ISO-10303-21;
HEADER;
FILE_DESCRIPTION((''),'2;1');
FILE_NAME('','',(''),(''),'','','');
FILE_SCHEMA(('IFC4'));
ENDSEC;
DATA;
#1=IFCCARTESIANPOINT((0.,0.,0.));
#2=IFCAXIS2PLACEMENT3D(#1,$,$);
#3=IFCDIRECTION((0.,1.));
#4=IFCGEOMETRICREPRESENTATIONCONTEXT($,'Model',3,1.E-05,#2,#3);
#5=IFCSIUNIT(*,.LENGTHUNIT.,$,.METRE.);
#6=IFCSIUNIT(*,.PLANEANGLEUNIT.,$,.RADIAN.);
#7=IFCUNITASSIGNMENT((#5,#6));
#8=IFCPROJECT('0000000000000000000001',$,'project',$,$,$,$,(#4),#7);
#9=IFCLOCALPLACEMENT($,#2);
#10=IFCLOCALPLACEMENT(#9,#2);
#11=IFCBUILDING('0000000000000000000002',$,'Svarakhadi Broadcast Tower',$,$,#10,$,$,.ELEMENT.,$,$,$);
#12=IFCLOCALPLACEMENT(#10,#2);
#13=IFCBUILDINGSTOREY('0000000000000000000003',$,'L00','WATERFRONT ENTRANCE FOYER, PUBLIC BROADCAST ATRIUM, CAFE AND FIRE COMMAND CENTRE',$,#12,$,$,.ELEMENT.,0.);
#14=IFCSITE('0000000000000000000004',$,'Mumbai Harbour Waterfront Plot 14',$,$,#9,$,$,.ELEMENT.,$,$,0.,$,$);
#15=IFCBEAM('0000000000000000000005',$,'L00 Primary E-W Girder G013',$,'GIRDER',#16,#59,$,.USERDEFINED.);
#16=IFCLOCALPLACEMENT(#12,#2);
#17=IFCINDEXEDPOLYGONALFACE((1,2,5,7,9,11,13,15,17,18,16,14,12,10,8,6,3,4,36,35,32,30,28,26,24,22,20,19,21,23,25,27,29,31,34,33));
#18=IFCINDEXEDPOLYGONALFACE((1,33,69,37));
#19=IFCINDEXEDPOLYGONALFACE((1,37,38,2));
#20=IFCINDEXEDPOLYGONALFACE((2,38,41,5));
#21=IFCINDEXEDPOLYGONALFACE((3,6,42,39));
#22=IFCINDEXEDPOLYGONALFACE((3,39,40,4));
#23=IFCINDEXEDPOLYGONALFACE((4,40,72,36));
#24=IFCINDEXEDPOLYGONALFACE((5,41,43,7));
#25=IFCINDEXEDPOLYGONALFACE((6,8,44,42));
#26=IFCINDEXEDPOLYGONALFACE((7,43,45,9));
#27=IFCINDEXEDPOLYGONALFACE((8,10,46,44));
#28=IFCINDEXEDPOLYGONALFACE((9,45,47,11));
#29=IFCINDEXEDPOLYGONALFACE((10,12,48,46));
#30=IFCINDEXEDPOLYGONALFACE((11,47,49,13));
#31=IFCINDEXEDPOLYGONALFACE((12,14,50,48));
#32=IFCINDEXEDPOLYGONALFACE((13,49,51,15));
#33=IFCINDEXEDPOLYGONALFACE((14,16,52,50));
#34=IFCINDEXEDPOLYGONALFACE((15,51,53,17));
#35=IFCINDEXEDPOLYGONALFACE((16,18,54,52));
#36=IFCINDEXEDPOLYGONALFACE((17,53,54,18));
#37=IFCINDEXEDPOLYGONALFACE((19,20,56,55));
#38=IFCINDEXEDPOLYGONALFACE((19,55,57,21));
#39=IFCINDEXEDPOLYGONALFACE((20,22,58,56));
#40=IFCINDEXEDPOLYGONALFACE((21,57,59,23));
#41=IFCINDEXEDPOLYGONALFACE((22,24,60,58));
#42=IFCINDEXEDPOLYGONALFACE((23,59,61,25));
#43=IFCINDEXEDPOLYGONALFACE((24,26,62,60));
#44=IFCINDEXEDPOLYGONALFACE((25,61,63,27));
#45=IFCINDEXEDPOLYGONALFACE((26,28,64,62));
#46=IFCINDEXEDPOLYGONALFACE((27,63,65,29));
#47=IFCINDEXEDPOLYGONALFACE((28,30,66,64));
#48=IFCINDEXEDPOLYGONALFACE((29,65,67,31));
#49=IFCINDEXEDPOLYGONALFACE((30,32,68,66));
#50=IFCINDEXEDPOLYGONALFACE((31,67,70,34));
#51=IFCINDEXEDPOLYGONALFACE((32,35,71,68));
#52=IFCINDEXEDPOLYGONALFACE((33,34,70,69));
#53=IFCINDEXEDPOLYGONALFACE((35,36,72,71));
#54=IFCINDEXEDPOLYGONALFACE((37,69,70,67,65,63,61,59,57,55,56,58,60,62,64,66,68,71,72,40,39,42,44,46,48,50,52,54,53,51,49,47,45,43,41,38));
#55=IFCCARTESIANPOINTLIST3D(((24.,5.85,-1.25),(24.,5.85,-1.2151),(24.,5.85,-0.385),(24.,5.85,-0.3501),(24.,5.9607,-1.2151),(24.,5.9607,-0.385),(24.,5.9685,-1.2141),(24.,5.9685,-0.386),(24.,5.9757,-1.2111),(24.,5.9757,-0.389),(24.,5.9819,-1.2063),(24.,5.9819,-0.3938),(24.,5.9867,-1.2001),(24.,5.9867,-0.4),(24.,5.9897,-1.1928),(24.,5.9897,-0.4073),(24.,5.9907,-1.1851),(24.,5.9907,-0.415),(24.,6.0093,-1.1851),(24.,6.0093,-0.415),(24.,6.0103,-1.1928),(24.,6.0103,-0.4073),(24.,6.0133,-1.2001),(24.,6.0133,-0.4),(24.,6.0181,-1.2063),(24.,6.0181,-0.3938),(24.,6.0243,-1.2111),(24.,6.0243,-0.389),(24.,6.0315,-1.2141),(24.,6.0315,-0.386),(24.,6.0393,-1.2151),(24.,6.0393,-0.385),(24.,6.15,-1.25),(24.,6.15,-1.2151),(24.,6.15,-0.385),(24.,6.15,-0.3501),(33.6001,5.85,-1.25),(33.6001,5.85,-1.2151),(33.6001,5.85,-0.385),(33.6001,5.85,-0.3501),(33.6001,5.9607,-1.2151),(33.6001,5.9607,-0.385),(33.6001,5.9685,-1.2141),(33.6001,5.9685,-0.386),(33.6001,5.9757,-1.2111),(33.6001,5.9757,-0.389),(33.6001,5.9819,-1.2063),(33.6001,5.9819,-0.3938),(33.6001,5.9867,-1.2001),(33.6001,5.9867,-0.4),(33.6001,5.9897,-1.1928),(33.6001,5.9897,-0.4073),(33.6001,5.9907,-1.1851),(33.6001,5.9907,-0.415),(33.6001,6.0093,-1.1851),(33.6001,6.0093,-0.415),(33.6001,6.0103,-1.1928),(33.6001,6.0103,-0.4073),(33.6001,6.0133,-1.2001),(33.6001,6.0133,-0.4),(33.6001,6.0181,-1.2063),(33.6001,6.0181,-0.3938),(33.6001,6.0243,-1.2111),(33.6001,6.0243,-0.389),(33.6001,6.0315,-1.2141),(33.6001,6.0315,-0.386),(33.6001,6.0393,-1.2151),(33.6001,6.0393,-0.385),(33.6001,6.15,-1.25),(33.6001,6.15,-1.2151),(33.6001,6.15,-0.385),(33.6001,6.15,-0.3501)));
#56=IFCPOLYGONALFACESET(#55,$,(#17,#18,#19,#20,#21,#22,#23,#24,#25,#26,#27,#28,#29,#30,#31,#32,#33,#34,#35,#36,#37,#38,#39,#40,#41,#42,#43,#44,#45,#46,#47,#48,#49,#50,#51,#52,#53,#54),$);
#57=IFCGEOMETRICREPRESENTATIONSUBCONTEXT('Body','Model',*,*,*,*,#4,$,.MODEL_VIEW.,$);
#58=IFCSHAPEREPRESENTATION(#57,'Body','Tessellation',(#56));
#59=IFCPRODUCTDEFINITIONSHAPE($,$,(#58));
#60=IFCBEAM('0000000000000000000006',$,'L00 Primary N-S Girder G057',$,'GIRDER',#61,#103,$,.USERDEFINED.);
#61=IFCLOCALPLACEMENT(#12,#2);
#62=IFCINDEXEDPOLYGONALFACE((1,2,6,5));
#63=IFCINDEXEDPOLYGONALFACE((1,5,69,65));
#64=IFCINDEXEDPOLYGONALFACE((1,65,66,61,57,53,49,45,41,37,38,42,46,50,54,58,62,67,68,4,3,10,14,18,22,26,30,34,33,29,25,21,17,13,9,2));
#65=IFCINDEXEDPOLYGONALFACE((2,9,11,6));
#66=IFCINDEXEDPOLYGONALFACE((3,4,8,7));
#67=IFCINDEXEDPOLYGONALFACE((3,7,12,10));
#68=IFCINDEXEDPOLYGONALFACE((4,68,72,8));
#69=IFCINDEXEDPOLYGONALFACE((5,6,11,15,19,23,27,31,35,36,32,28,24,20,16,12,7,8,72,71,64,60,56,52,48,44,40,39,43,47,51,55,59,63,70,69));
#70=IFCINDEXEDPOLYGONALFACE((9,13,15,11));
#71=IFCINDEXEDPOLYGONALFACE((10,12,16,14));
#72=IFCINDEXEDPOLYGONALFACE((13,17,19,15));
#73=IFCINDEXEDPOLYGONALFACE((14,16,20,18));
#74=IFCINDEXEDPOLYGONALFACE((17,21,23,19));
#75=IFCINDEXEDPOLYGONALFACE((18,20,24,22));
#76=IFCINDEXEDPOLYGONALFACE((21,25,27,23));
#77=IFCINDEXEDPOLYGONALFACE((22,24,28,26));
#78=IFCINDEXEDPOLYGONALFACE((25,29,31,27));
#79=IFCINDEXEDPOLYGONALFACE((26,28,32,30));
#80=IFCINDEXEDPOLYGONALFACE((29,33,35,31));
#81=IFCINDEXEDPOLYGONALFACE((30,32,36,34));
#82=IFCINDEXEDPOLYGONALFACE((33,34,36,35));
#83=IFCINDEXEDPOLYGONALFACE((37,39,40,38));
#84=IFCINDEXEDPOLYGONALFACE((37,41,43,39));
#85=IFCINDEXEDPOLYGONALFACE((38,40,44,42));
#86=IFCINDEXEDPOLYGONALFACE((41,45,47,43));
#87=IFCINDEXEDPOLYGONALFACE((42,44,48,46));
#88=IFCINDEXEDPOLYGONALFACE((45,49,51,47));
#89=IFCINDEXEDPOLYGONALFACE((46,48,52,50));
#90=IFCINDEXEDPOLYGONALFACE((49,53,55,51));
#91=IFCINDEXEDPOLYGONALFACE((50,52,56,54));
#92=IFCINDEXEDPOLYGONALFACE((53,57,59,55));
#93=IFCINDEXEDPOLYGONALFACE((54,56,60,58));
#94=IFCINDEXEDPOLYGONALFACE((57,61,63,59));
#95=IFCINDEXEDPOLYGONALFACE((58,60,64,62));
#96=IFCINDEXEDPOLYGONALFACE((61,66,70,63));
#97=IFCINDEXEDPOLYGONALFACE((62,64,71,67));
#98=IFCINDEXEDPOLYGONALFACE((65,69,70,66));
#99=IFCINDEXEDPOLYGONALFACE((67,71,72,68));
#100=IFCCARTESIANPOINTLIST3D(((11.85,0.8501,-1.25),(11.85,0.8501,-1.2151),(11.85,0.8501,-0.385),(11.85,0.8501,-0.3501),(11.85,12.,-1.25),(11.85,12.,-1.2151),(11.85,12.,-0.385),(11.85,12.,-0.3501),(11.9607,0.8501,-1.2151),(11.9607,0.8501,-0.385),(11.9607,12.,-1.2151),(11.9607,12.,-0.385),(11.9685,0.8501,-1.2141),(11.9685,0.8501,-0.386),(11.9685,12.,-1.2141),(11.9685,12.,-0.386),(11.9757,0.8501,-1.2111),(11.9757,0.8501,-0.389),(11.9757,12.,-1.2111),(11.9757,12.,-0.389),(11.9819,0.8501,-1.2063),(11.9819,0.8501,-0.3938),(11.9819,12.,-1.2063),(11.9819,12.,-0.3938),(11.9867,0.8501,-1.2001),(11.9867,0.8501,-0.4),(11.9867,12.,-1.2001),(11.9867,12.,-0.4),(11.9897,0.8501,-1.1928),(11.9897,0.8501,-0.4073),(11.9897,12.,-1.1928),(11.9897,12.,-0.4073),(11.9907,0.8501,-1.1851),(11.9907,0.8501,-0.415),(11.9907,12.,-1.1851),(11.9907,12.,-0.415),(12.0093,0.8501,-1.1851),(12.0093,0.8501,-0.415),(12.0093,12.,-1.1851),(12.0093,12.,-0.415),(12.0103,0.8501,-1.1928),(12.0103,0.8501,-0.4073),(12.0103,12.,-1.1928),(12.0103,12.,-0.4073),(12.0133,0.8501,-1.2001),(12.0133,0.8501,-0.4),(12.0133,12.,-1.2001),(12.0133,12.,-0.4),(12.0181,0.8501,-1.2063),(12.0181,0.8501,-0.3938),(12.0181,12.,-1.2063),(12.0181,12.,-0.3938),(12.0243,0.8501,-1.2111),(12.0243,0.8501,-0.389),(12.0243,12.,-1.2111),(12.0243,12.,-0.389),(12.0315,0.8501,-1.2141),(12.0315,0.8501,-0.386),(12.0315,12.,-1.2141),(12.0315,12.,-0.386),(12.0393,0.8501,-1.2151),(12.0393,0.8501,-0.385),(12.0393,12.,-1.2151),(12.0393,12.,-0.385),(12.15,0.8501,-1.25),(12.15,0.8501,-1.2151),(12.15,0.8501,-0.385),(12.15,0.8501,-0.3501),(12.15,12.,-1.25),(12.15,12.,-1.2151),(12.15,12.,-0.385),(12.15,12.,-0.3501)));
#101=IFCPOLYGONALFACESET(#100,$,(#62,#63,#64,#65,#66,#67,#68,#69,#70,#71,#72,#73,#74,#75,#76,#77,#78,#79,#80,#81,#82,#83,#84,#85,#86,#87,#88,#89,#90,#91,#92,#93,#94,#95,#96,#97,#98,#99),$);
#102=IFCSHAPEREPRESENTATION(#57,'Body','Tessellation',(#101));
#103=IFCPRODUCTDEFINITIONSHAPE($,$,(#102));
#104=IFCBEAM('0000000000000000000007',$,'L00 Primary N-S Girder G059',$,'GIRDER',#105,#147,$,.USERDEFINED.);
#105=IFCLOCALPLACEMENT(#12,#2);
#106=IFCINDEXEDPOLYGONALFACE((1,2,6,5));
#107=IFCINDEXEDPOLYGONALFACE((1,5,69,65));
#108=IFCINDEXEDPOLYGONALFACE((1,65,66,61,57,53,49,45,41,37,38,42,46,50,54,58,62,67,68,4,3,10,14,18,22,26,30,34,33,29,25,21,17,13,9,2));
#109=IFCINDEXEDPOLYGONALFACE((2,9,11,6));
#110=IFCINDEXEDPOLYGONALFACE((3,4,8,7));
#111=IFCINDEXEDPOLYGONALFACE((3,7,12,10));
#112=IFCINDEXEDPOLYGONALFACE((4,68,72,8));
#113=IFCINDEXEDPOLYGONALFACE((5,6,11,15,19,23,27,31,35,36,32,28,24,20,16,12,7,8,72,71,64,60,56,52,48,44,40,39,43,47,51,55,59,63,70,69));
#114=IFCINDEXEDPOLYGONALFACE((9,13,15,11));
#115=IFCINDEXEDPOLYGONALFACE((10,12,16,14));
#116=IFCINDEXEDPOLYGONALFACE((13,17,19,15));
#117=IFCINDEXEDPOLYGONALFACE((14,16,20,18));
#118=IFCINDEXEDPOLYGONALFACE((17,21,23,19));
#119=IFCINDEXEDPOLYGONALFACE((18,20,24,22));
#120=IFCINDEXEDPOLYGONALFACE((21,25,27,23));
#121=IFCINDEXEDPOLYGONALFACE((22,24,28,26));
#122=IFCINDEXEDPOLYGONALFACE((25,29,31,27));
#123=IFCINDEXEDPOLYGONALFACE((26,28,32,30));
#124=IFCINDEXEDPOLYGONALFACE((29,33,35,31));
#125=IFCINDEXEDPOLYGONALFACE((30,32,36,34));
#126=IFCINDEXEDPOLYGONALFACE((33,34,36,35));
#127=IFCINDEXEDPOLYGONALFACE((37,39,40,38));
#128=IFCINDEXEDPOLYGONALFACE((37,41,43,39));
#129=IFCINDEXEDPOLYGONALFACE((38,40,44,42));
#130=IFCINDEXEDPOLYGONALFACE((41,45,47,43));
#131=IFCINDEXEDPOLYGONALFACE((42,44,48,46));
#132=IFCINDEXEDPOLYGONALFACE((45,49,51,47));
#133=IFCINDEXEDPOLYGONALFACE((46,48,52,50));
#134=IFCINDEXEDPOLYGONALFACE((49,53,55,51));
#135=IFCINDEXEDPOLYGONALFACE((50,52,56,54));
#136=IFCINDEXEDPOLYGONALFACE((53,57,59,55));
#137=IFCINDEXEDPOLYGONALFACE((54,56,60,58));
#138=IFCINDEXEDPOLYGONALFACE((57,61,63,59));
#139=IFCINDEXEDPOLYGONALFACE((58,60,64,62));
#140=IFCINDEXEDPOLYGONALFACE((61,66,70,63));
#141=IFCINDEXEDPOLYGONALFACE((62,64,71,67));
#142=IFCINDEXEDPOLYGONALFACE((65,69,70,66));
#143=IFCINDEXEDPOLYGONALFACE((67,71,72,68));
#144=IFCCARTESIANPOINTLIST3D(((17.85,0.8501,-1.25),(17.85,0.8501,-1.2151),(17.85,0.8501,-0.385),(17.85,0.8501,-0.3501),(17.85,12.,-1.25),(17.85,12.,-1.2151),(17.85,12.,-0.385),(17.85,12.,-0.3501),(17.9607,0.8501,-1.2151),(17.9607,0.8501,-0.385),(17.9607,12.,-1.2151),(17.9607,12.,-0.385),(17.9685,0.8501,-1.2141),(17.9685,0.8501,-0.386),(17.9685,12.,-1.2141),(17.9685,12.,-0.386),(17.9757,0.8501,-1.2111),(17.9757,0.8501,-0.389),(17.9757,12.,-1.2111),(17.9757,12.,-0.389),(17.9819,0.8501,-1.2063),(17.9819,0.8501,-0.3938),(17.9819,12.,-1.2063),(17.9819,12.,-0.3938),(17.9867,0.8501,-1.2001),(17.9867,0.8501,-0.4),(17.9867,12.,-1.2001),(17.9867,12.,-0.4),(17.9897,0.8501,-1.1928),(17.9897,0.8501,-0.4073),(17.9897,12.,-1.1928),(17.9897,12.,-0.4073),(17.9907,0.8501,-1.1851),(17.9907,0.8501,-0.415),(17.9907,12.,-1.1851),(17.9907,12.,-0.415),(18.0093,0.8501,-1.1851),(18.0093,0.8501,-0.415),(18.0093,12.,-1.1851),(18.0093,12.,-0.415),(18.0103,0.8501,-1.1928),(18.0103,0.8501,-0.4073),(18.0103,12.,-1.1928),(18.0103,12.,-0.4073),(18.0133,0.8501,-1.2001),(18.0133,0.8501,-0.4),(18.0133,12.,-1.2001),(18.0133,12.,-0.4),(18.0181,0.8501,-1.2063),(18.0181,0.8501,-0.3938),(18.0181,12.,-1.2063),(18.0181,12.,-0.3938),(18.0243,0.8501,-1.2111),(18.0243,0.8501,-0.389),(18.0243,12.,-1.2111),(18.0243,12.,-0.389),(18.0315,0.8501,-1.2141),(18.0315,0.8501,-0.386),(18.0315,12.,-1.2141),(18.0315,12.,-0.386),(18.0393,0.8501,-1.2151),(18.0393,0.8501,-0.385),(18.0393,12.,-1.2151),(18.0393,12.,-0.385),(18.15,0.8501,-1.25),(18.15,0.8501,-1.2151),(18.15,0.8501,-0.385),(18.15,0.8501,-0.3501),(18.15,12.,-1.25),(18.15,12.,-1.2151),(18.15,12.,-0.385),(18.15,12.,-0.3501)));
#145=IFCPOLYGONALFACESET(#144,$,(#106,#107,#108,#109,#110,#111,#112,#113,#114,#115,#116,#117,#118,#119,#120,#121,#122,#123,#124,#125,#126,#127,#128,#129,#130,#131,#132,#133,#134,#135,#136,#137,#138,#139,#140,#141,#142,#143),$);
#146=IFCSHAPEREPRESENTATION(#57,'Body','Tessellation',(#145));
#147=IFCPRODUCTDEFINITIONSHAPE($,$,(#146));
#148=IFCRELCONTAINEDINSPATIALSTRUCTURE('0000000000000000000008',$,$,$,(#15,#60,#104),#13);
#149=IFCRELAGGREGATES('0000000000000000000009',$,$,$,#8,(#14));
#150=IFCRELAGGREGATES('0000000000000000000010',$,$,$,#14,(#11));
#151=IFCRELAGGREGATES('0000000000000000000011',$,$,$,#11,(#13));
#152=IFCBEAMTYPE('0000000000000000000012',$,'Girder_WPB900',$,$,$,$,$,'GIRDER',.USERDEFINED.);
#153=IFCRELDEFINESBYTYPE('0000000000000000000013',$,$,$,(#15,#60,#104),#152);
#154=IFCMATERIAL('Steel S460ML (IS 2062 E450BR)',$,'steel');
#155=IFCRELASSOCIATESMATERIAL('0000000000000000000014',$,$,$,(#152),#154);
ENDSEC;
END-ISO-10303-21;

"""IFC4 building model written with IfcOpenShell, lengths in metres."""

from ifc_helpers import new_model, si_unit, direction, frame, origin, origin_2d, place, context, subcontext, project, spatial, i_section, extrude, material, material_profile, profile_set, type_object, element, save


model = new_model("IFC4")

# Units and contexts
model_context = context("Model", 3, precision=1e-05, world=origin(), true_north=direction((0.0, 1.0)))
body_context = subcontext(model_context, "Body", "Model", "MODEL_VIEW")
ifc_project = project(units=[si_unit("LENGTHUNIT", "METRE"), si_unit("PLANEANGLEUNIT", "RADIAN")], contexts=[model_context])

# Site, building, storey
site_placement = place(None, origin())
site = spatial("IfcSite", under=ifc_project, at=site_placement, Name="Mumbai Harbour Waterfront Plot 14", CompositionType="ELEMENT", RefElevation=0.0)
building_placement = place(site_placement, origin())
building = spatial("IfcBuilding", under=site, at=building_placement, Name="Svarakhadi Broadcast Tower", CompositionType="ELEMENT")
storey_placement = place(building_placement, origin())
storey = spatial("IfcBuildingStorey", under=building, at=storey_placement, Name="L00", Description="WATERFRONT ENTRANCE FOYER, PUBLIC BROADCAST ATRIUM, CAFE AND FIRE COMMAND CENTRE", CompositionType="ELEMENT", Elevation=0.0)

# Shared definitions
ifc_material_1 = material(Name="Steel S460ML (IS 2062 E450BR)", Category="steel")

# Beams
ifc_material_profile_1 = material_profile(ifc_material_1, i_section(OverallWidth=0.3, OverallDepth=0.8999, WebThickness=0.0186, FlangeThickness=0.0349, FilletRadius=0.03, at=origin_2d()), Name="WPB 900x300x291")
ifc_profile_set_1 = profile_set([ifc_material_profile_1], Name="Steel S460ML (IS 2062 E450BR)")
beam_type_1 = type_object("IfcBeamType", Name="Girder_WPB900", ElementType="GIRDER", PredefinedType="USERDEFINED", material=ifc_profile_set_1)
beam_1_placement = place(storey_placement, frame((24.0, 6.0, -0.8), z_axis=(1.0, 0.0, 0.0), x_axis=(0.0, 1.0, 0.0)))
element("IfcBeam", 1, at=beam_1_placement, inside=storey, type_object=beam_type_1, Name="L00 Primary E-W Girder G013", ObjectType="GIRDER", PredefinedType="USERDEFINED", context=body_context, shape_type="SweptSolid", body=[
    extrude(i_section(OverallWidth=0.3, OverallDepth=0.8999, WebThickness=0.0186, FlangeThickness=0.0349, FilletRadius=0.03, at=origin_2d()), origin(), (0.0, 0.0, 1.0), 9.6001),
])
for number, where, z_axis, x_axis, name in (
    (2, (12.0, 0.8501, -0.8), (0.0, 1.0, 0.0), (-1.0, 0.0, 0.0), "L00 Primary N-S Girder G057"),
    (3, (18.0, 0.8501, -0.8), (0.0, 1.0, 0.0), (-1.0, 0.0, 0.0), "L00 Primary N-S Girder G059"),
):
    element("IfcBeam", number, at=place(storey_placement, frame(where, z_axis=z_axis, x_axis=x_axis)), inside=storey, type_object=beam_type_1, Name=name, ObjectType="GIRDER", PredefinedType="USERDEFINED", context=body_context, shape_type="SweptSolid", body=[
        extrude(i_section(OverallWidth=0.3, OverallDepth=0.8999, WebThickness=0.0186, FlangeThickness=0.0349, FilletRadius=0.03, at=origin_2d()), origin(), (0.0, 0.0, 1.0), 11.1499),
    ])

save(model, "model.ifc")
